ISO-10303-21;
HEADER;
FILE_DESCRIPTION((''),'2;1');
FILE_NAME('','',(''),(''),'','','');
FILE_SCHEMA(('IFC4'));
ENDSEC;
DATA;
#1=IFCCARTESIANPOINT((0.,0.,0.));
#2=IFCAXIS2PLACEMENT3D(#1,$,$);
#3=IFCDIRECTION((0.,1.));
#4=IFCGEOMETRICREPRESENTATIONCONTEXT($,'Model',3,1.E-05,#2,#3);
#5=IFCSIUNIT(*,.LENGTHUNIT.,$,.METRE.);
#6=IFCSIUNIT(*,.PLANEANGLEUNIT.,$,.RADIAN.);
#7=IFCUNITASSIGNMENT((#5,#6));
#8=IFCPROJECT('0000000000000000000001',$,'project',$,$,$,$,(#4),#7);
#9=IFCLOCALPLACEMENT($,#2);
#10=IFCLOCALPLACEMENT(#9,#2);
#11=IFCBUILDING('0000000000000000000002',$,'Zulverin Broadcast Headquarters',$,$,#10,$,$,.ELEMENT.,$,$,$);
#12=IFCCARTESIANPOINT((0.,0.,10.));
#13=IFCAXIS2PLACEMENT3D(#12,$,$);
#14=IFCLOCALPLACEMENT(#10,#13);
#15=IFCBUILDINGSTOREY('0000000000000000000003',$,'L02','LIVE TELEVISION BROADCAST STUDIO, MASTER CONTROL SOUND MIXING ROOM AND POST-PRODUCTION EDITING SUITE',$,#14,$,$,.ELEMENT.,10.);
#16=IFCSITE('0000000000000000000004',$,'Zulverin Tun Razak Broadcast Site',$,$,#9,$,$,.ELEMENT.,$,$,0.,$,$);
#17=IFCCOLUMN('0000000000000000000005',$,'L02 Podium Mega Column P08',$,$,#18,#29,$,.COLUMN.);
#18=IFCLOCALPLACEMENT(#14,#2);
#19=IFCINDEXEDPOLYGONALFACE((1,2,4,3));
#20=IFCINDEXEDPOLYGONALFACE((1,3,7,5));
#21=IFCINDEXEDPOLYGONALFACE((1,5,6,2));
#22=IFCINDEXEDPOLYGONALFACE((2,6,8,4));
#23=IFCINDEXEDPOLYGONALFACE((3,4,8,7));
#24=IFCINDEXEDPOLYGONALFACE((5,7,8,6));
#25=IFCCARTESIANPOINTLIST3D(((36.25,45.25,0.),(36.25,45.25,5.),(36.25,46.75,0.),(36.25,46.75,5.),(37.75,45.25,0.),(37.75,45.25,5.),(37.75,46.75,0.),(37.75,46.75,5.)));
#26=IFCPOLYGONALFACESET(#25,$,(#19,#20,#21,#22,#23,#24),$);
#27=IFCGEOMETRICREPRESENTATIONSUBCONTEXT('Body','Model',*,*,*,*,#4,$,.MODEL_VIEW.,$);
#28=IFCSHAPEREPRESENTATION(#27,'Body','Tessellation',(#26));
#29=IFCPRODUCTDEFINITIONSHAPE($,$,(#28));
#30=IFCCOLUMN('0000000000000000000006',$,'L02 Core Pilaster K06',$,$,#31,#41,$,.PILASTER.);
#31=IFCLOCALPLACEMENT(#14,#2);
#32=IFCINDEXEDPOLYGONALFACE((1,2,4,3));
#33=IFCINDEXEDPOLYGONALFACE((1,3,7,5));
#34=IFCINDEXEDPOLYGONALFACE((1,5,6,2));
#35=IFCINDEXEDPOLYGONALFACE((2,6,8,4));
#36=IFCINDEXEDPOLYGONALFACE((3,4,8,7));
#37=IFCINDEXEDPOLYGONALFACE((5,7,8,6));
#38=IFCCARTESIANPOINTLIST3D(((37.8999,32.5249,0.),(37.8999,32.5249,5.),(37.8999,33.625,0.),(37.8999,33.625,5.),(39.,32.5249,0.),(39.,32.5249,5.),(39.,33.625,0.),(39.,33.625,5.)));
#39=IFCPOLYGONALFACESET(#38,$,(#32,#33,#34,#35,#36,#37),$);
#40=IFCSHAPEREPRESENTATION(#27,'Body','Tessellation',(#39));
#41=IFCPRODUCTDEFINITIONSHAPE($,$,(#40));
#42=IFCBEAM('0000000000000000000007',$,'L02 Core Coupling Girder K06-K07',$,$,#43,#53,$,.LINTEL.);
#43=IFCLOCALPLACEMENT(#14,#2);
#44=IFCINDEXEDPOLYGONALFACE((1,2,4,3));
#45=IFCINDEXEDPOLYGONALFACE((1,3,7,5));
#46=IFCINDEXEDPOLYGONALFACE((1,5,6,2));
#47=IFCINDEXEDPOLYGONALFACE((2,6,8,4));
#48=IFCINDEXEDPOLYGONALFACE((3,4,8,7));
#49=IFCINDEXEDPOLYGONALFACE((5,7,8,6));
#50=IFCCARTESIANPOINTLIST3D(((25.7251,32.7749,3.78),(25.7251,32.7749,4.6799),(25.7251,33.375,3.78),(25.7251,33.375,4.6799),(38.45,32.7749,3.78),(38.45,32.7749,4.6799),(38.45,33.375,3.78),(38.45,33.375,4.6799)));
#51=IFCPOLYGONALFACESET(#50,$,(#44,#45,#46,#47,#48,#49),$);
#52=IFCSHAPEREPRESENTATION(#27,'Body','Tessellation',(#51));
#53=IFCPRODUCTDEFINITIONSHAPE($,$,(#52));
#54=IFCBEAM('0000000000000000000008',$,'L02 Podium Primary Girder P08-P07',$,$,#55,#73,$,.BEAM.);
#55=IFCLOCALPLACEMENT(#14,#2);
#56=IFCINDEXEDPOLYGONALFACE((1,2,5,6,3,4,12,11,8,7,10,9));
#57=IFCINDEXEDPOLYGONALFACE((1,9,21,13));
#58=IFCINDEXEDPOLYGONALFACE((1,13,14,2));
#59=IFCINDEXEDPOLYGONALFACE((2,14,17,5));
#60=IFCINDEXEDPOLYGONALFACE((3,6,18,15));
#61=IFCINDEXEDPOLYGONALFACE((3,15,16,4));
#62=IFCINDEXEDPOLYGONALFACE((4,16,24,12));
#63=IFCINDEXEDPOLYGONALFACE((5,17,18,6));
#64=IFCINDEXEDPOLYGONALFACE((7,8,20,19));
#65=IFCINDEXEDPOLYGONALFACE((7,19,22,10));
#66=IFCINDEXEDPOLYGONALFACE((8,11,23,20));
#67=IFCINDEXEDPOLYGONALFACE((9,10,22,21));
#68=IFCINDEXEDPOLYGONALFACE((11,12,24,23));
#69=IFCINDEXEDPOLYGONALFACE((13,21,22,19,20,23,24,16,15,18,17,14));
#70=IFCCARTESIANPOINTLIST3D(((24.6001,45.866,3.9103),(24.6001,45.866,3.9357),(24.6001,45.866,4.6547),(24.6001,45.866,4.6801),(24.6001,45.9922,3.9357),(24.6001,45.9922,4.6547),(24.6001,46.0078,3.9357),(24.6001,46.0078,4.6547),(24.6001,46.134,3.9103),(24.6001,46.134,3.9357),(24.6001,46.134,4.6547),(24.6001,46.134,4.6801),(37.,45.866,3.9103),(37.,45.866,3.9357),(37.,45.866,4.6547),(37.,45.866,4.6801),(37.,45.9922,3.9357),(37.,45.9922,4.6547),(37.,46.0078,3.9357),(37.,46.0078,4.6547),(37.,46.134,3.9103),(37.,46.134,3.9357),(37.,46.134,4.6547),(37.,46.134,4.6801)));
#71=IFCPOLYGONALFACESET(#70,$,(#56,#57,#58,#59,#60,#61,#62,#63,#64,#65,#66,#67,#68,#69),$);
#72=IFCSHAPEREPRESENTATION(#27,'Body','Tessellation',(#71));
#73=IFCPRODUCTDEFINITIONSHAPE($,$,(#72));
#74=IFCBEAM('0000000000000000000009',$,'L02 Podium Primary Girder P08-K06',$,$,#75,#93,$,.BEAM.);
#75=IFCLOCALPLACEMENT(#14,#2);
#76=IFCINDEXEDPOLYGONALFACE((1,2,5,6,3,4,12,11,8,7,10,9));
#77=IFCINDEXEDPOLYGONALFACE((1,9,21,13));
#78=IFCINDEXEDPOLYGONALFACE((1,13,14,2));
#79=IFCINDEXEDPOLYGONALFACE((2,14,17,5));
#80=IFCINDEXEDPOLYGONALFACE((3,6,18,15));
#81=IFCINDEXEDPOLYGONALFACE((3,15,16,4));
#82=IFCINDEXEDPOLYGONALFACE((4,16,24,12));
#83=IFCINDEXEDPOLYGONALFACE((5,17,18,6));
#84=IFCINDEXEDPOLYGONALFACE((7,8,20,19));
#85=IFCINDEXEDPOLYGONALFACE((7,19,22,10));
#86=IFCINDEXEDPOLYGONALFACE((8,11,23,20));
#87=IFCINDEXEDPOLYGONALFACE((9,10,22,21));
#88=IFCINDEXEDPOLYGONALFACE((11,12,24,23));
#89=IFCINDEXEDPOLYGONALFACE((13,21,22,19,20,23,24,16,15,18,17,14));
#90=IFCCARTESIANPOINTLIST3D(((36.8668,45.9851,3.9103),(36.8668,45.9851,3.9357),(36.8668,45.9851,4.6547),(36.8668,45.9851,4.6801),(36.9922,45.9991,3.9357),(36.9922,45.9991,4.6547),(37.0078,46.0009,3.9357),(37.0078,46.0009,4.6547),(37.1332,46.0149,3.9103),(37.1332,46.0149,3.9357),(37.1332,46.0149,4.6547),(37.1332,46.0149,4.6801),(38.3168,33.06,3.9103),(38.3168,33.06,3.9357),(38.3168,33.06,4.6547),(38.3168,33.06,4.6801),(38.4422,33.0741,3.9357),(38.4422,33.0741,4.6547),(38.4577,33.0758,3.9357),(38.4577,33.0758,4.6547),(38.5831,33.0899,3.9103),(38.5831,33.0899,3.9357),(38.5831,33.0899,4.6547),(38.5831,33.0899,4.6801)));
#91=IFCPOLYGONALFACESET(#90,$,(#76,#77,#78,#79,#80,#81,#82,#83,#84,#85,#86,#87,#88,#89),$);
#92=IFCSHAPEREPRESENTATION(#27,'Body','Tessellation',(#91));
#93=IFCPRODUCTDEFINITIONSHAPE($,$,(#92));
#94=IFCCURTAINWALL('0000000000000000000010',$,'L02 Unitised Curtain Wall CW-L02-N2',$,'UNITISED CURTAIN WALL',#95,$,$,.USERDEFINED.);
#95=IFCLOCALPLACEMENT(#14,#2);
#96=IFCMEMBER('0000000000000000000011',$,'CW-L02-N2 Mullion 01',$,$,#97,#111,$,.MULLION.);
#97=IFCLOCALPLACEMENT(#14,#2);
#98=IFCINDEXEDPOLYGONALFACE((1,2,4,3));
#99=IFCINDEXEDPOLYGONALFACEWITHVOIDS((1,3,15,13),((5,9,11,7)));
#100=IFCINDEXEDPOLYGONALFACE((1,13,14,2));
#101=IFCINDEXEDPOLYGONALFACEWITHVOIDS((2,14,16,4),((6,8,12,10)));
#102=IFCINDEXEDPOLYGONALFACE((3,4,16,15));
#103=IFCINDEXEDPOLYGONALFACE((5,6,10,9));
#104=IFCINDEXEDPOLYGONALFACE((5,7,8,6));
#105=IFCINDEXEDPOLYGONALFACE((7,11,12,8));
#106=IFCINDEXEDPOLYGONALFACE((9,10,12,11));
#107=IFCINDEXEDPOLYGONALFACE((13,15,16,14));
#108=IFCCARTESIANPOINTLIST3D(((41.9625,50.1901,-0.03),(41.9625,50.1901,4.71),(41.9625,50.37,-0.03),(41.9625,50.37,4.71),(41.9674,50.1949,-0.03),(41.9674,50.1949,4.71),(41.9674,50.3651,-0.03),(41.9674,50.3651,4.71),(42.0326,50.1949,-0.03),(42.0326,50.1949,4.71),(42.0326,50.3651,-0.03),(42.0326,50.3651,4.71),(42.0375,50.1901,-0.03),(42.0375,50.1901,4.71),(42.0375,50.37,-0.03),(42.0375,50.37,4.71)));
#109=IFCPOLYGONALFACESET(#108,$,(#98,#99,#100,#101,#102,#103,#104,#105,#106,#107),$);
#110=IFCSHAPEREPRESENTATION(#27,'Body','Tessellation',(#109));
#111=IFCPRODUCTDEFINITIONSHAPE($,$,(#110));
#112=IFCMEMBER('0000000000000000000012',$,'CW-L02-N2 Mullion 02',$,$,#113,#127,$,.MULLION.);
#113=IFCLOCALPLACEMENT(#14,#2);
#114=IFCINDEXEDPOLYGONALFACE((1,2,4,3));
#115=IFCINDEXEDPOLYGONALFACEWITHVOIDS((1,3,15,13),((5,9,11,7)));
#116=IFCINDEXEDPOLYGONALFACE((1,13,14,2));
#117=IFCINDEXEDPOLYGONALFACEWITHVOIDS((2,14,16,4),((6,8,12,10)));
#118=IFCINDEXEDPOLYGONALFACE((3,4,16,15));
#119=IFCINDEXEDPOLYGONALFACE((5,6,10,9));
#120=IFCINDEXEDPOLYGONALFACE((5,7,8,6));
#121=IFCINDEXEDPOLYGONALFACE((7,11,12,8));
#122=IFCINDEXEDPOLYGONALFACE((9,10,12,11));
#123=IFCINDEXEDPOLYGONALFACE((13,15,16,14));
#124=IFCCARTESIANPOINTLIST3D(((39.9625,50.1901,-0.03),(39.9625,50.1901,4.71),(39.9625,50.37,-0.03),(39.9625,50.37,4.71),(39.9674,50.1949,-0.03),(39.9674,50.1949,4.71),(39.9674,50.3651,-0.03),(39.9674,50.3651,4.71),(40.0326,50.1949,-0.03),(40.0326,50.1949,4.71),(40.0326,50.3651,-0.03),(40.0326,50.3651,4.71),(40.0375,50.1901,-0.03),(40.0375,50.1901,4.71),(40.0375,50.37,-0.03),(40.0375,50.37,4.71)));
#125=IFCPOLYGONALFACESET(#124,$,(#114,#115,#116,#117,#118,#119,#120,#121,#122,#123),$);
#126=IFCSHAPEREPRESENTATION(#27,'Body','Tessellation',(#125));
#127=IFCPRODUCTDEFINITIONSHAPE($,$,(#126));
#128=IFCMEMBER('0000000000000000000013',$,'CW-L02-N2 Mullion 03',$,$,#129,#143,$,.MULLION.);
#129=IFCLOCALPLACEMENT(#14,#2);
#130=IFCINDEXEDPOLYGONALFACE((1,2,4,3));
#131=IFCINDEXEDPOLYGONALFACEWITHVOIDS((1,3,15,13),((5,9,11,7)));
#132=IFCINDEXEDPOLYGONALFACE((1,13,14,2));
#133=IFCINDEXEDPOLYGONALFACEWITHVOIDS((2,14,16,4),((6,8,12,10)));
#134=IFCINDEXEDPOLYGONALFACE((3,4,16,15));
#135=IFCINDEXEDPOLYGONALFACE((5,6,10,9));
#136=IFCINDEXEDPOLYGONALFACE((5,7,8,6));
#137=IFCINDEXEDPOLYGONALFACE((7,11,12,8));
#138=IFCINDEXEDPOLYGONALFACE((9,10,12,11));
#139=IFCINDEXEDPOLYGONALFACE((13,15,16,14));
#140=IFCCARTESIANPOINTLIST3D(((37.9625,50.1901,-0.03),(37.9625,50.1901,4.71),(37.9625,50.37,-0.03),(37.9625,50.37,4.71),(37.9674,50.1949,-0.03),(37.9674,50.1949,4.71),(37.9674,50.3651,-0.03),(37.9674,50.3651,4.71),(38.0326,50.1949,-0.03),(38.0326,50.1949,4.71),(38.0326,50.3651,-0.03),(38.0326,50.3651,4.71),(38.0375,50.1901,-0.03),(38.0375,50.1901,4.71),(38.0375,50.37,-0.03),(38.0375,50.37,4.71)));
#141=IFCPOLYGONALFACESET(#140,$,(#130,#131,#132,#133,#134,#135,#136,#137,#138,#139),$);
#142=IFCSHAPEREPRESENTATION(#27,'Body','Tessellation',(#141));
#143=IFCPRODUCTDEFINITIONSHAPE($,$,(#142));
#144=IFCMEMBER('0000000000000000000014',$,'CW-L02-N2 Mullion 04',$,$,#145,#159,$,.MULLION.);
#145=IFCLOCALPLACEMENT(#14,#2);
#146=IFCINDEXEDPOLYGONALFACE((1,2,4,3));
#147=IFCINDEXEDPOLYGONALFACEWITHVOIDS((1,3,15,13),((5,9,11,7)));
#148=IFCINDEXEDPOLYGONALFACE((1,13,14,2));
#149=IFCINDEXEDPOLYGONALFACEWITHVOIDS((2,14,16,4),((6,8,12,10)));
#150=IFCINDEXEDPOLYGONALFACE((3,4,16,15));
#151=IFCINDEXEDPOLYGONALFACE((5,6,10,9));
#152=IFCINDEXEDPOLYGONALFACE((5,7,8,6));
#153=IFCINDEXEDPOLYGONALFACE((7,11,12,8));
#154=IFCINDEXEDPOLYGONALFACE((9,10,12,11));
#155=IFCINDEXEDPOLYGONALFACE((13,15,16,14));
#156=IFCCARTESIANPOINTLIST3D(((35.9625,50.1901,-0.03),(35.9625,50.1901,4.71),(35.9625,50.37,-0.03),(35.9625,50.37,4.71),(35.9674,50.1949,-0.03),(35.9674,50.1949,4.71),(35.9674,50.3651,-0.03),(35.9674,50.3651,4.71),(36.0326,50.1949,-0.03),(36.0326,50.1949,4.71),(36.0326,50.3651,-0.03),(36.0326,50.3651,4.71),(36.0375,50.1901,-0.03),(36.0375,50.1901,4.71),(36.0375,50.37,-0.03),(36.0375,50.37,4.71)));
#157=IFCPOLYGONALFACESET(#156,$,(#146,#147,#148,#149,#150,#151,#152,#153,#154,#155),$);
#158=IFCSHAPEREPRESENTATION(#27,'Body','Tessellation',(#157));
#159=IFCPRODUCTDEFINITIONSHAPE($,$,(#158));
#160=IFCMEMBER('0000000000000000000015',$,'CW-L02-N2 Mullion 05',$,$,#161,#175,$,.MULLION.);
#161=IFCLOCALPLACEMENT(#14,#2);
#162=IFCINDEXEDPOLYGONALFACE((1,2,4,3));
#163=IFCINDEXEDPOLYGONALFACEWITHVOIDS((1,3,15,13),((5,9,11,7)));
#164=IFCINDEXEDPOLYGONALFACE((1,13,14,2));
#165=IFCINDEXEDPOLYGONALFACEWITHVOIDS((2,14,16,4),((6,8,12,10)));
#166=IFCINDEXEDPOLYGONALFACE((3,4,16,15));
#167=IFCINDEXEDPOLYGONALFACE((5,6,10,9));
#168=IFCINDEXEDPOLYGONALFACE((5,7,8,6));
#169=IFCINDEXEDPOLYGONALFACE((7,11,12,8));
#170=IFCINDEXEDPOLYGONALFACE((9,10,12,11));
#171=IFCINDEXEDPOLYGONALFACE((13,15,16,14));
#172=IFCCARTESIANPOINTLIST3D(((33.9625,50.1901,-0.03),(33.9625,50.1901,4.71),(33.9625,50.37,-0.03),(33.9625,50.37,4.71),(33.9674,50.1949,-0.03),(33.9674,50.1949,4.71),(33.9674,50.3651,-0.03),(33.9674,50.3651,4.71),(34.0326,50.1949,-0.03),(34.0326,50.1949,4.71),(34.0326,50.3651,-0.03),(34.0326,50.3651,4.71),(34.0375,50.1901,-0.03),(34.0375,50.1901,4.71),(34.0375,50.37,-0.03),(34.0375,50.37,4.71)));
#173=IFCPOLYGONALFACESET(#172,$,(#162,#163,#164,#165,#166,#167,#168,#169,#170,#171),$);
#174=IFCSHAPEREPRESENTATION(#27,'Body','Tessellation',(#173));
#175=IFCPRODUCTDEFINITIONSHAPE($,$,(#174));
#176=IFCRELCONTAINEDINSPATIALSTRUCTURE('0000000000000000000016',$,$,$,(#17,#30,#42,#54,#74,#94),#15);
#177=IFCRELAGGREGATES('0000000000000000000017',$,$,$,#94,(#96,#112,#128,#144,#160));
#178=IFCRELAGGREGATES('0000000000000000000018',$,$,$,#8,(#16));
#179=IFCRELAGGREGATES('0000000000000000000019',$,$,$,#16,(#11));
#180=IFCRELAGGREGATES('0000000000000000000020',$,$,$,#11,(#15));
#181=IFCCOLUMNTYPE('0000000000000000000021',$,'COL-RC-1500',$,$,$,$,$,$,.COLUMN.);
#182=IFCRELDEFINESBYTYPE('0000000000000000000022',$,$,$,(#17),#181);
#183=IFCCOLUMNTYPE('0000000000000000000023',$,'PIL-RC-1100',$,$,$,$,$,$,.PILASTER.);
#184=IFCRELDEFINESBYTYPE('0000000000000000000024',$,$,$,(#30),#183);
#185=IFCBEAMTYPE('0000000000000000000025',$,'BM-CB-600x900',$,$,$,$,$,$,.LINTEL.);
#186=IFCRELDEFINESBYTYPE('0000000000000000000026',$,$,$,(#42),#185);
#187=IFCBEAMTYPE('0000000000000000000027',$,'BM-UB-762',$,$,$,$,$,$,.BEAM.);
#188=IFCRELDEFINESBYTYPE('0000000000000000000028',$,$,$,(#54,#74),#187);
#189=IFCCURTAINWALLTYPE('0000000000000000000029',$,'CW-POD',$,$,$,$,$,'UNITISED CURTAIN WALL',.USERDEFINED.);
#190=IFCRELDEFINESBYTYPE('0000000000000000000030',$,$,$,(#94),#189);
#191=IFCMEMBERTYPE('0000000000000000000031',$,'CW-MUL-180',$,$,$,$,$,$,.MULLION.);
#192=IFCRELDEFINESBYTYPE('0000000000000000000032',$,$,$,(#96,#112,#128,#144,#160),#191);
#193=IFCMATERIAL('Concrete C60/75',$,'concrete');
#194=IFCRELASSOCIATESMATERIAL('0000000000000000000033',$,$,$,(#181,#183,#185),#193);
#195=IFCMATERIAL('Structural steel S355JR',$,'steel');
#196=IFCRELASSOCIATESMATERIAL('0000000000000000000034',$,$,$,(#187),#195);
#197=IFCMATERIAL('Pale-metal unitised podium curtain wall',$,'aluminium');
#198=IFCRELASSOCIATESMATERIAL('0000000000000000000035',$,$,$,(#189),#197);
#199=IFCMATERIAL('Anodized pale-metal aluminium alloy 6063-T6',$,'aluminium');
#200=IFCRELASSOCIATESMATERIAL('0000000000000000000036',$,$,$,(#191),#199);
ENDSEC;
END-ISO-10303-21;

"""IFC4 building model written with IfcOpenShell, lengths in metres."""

from ifc_helpers import new_model, si_unit, direction, frame, origin, origin_2d, place, context, subcontext, project, spatial, rectangle, hollow_rectangle, i_section, extrude, material, material_profile, profile_set, type_object, element, aggregate, save


model = new_model("IFC4")

# Units and contexts
model_context = context("Model", 3, precision=1e-05, world=origin(), true_north=direction((0.0, 1.0)))
body_context = subcontext(model_context, "Body", "Model", "MODEL_VIEW")
ifc_project = project(units=[si_unit("LENGTHUNIT", "METRE"), si_unit("PLANEANGLEUNIT", "RADIAN")], contexts=[model_context])

# Site, building, storey
site_placement = place(None, origin())
site = spatial("IfcSite", under=ifc_project, at=site_placement, Name="Zulverin Tun Razak Broadcast Site", CompositionType="ELEMENT", RefElevation=0.0)
building_placement = place(site_placement, origin())
building = spatial("IfcBuilding", under=site, at=building_placement, Name="Zulverin Broadcast Headquarters", CompositionType="ELEMENT")
storey_placement = place(building_placement, frame((0.0, 0.0, 10.0)))
storey = spatial("IfcBuildingStorey", under=building, at=storey_placement, Name="L02", Description="LIVE TELEVISION BROADCAST STUDIO, MASTER CONTROL SOUND MIXING ROOM AND POST-PRODUCTION EDITING SUITE", CompositionType="ELEMENT", Elevation=10.0)

# Columns
ifc_material_1 = material(Name="Concrete C60/75", Category="concrete")
ifc_material_profile_1 = material_profile(ifc_material_1, rectangle(XDim=1.5, YDim=1.5, at=origin_2d()), Name="Concrete C60/75", Category="concrete")
ifc_profile_set_1 = profile_set([ifc_material_profile_1], Name="Concrete C60/75")
column_type_1 = type_object("IfcColumnType", Name="COL-RC-1500", PredefinedType="COLUMN", material=ifc_profile_set_1)
column_1_placement = place(storey_placement, frame((37.0, 46.0, 0.0), z_axis=(0.0, 0.0, 1.0), x_axis=(1.0, 0.0, 0.0)))
element("IfcColumn", 1, at=column_1_placement, inside=storey, type_object=column_type_1, Name="L02 Podium Mega Column P08", PredefinedType="COLUMN", context=body_context, shape_type="SweptSolid", body=[
    extrude(rectangle(XDim=1.5, YDim=1.5, at=origin_2d()), origin(), (0.0, 0.0, 1.0), 5.0),
])
ifc_material_profile_2 = material_profile(ifc_material_1, rectangle(XDim=1.1001, YDim=1.1001, at=origin_2d()), Name="Concrete C60/75", Category="concrete")
ifc_profile_set_2 = profile_set([ifc_material_profile_2], Name="Concrete C60/75")
column_type_2 = type_object("IfcColumnType", Name="PIL-RC-1100", PredefinedType="PILASTER", material=ifc_profile_set_2)
column_2_placement = place(storey_placement, frame((38.45, 33.075, 0.0), z_axis=(0.0, 0.0, 1.0), x_axis=(1.0, 0.0, 0.0)))
element("IfcColumn", 2, at=column_2_placement, inside=storey, type_object=column_type_2, Name="L02 Core Pilaster K06", PredefinedType="PILASTER", context=body_context, shape_type="SweptSolid", body=[
    extrude(rectangle(XDim=1.1001, YDim=1.1001, at=origin_2d()), origin(), (0.0, 0.0, 1.0), 5.0),
])

# Beams
ifc_material_profile_3 = material_profile(ifc_material_1, rectangle(XDim=0.6001, YDim=0.8999, at=origin_2d()), Name="Concrete C60/75", Category="concrete")
ifc_profile_set_3 = profile_set([ifc_material_profile_3], Name="Concrete C60/75")
beam_type_1 = type_object("IfcBeamType", Name="BM-CB-600x900", PredefinedType="LINTEL", material=ifc_profile_set_3)
beam_1_placement = place(storey_placement, frame((38.45, 33.075, 4.23), z_axis=(-1.0, 0.0, 0.0), x_axis=(0.0, -1.0, 0.0)))
element("IfcBeam", 3, at=beam_1_placement, inside=storey, type_object=beam_type_1, Name="L02 Core Coupling Girder K06-K07", PredefinedType="LINTEL", context=body_context, shape_type="SweptSolid", body=[
    extrude(rectangle(XDim=0.6001, YDim=0.8999, at=origin_2d()), origin(), (0.0, 0.0, 1.0), 12.7249),
])
ifc_material_2 = material(Name="Structural steel S355JR", Category="steel")
ifc_material_profile_4 = material_profile(ifc_material_2, i_section(OverallWidth=0.2681, OverallDepth=0.7698, WebThickness=0.0156, FlangeThickness=0.0254, at=origin_2d()), Name="Structural steel S355JR", Category="steel")
ifc_profile_set_4 = profile_set([ifc_material_profile_4], Name="Structural steel S355JR")
beam_type_2 = type_object("IfcBeamType", Name="BM-UB-762", PredefinedType="BEAM", material=ifc_profile_set_4)
beam_2_placement = place(storey_placement, frame((37.0, 46.0, 4.2952), z_axis=(-1.0, 0.0, 0.0), x_axis=(0.0, -1.0, 0.0)))
element("IfcBeam", 4, at=beam_2_placement, inside=storey, type_object=beam_type_2, Name="L02 Podium Primary Girder P08-P07", PredefinedType="BEAM", context=body_context, shape_type="SweptSolid", body=[
    extrude(i_section(OverallWidth=0.2681, OverallDepth=0.7698, WebThickness=0.0156, FlangeThickness=0.0254, at=origin_2d()), origin(), (0.0, 0.0, 1.0), 12.3999),
])
beam_3_placement = place(storey_placement, frame((37.0, 46.0, 4.2952), z_axis=(0.111482, -0.993766, 0.0), x_axis=(0.993766, 0.111482, 0.0)))
element("IfcBeam", 5, at=beam_3_placement, inside=storey, type_object=beam_type_2, Name="L02 Podium Primary Girder P08-K06", PredefinedType="BEAM", context=body_context, shape_type="SweptSolid", body=[
    extrude(i_section(OverallWidth=0.2681, OverallDepth=0.7698, WebThickness=0.0156, FlangeThickness=0.0254, at=origin_2d()), origin(), (0.0, 0.0, 1.0), 13.0061),
])

# Curtain wall, members
ifc_material_3 = material(Name="Pale-metal unitised podium curtain wall", Category="aluminium")
curtain_wall_type = type_object("IfcCurtainWallType", Name="CW-POD", ElementType="UNITISED CURTAIN WALL", PredefinedType="USERDEFINED", material=ifc_material_3)
curtain_wall_placement = place(storey_placement, origin())
curtain_wall = element("IfcCurtainWall", 6, at=curtain_wall_placement, inside=storey, type_object=curtain_wall_type, Name="L02 Unitised Curtain Wall CW-L02-N2", ObjectType="UNITISED CURTAIN WALL", PredefinedType="USERDEFINED")
ifc_material_4 = material(Name="Anodized pale-metal aluminium alloy 6063-T6", Category="aluminium")
ifc_material_profile_5 = material_profile(ifc_material_4, hollow_rectangle(XDim=0.075, YDim=0.1799, WallThickness=0.0049, at=origin_2d()), Name="Anodized pale-metal aluminium alloy 6063-T6", Category="aluminium")
ifc_profile_set_5 = profile_set([ifc_material_profile_5], Name="Anodized pale-metal aluminium alloy 6063-T6")
member_type = type_object("IfcMemberType", Name="CW-MUL-180", PredefinedType="MULLION", material=ifc_profile_set_5)
member_1_placement = place(storey_placement, frame((42.0, 50.28, -0.03), z_axis=(0.0, 0.0, 1.0), x_axis=(-1.0, 0.0, 0.0)))
member_1 = element("IfcMember", 7, at=member_1_placement, type_object=member_type, Name="CW-L02-N2 Mullion 01", PredefinedType="MULLION", context=body_context, shape_type="SweptSolid", body=[
    extrude(hollow_rectangle(XDim=0.075, YDim=0.1799, WallThickness=0.0049, at=origin_2d()), origin(), (0.0, 0.0, 1.0), 4.74),
])
member_2_placement = place(storey_placement, frame((40.0, 50.28, -0.03), z_axis=(0.0, 0.0, 1.0), x_axis=(-1.0, 0.0, 0.0)))
member_2 = element("IfcMember", 8, at=member_2_placement, type_object=member_type, Name="CW-L02-N2 Mullion 02", PredefinedType="MULLION", context=body_context, shape_type="SweptSolid", body=[
    extrude(hollow_rectangle(XDim=0.075, YDim=0.1799, WallThickness=0.0049, at=origin_2d()), origin(), (0.0, 0.0, 1.0), 4.74),
])
member_3_placement = place(storey_placement, frame((38.0, 50.28, -0.03), z_axis=(0.0, 0.0, 1.0), x_axis=(-1.0, 0.0, 0.0)))
member_3 = element("IfcMember", 9, at=member_3_placement, type_object=member_type, Name="CW-L02-N2 Mullion 03", PredefinedType="MULLION", context=body_context, shape_type="SweptSolid", body=[
    extrude(hollow_rectangle(XDim=0.075, YDim=0.1799, WallThickness=0.0049, at=origin_2d()), origin(), (0.0, 0.0, 1.0), 4.74),
])
member_4_placement = place(storey_placement, frame((36.0, 50.28, -0.03), z_axis=(0.0, 0.0, 1.0), x_axis=(-1.0, 0.0, 0.0)))
member_4 = element("IfcMember", 10, at=member_4_placement, type_object=member_type, Name="CW-L02-N2 Mullion 04", PredefinedType="MULLION", context=body_context, shape_type="SweptSolid", body=[
    extrude(hollow_rectangle(XDim=0.075, YDim=0.1799, WallThickness=0.0049, at=origin_2d()), origin(), (0.0, 0.0, 1.0), 4.74),
])
member_5_placement = place(storey_placement, frame((34.0, 50.28, -0.03), z_axis=(0.0, 0.0, 1.0), x_axis=(-1.0, 0.0, 0.0)))
member_5 = element("IfcMember", 11, at=member_5_placement, type_object=member_type, Name="CW-L02-N2 Mullion 05", PredefinedType="MULLION", context=body_context, shape_type="SweptSolid", body=[
    extrude(hollow_rectangle(XDim=0.075, YDim=0.1799, WallThickness=0.0049, at=origin_2d()), origin(), (0.0, 0.0, 1.0), 4.74),
])
aggregate(curtain_wall, [member_1, member_2, member_3, member_4, member_5])

save(model, "model.ifc")
